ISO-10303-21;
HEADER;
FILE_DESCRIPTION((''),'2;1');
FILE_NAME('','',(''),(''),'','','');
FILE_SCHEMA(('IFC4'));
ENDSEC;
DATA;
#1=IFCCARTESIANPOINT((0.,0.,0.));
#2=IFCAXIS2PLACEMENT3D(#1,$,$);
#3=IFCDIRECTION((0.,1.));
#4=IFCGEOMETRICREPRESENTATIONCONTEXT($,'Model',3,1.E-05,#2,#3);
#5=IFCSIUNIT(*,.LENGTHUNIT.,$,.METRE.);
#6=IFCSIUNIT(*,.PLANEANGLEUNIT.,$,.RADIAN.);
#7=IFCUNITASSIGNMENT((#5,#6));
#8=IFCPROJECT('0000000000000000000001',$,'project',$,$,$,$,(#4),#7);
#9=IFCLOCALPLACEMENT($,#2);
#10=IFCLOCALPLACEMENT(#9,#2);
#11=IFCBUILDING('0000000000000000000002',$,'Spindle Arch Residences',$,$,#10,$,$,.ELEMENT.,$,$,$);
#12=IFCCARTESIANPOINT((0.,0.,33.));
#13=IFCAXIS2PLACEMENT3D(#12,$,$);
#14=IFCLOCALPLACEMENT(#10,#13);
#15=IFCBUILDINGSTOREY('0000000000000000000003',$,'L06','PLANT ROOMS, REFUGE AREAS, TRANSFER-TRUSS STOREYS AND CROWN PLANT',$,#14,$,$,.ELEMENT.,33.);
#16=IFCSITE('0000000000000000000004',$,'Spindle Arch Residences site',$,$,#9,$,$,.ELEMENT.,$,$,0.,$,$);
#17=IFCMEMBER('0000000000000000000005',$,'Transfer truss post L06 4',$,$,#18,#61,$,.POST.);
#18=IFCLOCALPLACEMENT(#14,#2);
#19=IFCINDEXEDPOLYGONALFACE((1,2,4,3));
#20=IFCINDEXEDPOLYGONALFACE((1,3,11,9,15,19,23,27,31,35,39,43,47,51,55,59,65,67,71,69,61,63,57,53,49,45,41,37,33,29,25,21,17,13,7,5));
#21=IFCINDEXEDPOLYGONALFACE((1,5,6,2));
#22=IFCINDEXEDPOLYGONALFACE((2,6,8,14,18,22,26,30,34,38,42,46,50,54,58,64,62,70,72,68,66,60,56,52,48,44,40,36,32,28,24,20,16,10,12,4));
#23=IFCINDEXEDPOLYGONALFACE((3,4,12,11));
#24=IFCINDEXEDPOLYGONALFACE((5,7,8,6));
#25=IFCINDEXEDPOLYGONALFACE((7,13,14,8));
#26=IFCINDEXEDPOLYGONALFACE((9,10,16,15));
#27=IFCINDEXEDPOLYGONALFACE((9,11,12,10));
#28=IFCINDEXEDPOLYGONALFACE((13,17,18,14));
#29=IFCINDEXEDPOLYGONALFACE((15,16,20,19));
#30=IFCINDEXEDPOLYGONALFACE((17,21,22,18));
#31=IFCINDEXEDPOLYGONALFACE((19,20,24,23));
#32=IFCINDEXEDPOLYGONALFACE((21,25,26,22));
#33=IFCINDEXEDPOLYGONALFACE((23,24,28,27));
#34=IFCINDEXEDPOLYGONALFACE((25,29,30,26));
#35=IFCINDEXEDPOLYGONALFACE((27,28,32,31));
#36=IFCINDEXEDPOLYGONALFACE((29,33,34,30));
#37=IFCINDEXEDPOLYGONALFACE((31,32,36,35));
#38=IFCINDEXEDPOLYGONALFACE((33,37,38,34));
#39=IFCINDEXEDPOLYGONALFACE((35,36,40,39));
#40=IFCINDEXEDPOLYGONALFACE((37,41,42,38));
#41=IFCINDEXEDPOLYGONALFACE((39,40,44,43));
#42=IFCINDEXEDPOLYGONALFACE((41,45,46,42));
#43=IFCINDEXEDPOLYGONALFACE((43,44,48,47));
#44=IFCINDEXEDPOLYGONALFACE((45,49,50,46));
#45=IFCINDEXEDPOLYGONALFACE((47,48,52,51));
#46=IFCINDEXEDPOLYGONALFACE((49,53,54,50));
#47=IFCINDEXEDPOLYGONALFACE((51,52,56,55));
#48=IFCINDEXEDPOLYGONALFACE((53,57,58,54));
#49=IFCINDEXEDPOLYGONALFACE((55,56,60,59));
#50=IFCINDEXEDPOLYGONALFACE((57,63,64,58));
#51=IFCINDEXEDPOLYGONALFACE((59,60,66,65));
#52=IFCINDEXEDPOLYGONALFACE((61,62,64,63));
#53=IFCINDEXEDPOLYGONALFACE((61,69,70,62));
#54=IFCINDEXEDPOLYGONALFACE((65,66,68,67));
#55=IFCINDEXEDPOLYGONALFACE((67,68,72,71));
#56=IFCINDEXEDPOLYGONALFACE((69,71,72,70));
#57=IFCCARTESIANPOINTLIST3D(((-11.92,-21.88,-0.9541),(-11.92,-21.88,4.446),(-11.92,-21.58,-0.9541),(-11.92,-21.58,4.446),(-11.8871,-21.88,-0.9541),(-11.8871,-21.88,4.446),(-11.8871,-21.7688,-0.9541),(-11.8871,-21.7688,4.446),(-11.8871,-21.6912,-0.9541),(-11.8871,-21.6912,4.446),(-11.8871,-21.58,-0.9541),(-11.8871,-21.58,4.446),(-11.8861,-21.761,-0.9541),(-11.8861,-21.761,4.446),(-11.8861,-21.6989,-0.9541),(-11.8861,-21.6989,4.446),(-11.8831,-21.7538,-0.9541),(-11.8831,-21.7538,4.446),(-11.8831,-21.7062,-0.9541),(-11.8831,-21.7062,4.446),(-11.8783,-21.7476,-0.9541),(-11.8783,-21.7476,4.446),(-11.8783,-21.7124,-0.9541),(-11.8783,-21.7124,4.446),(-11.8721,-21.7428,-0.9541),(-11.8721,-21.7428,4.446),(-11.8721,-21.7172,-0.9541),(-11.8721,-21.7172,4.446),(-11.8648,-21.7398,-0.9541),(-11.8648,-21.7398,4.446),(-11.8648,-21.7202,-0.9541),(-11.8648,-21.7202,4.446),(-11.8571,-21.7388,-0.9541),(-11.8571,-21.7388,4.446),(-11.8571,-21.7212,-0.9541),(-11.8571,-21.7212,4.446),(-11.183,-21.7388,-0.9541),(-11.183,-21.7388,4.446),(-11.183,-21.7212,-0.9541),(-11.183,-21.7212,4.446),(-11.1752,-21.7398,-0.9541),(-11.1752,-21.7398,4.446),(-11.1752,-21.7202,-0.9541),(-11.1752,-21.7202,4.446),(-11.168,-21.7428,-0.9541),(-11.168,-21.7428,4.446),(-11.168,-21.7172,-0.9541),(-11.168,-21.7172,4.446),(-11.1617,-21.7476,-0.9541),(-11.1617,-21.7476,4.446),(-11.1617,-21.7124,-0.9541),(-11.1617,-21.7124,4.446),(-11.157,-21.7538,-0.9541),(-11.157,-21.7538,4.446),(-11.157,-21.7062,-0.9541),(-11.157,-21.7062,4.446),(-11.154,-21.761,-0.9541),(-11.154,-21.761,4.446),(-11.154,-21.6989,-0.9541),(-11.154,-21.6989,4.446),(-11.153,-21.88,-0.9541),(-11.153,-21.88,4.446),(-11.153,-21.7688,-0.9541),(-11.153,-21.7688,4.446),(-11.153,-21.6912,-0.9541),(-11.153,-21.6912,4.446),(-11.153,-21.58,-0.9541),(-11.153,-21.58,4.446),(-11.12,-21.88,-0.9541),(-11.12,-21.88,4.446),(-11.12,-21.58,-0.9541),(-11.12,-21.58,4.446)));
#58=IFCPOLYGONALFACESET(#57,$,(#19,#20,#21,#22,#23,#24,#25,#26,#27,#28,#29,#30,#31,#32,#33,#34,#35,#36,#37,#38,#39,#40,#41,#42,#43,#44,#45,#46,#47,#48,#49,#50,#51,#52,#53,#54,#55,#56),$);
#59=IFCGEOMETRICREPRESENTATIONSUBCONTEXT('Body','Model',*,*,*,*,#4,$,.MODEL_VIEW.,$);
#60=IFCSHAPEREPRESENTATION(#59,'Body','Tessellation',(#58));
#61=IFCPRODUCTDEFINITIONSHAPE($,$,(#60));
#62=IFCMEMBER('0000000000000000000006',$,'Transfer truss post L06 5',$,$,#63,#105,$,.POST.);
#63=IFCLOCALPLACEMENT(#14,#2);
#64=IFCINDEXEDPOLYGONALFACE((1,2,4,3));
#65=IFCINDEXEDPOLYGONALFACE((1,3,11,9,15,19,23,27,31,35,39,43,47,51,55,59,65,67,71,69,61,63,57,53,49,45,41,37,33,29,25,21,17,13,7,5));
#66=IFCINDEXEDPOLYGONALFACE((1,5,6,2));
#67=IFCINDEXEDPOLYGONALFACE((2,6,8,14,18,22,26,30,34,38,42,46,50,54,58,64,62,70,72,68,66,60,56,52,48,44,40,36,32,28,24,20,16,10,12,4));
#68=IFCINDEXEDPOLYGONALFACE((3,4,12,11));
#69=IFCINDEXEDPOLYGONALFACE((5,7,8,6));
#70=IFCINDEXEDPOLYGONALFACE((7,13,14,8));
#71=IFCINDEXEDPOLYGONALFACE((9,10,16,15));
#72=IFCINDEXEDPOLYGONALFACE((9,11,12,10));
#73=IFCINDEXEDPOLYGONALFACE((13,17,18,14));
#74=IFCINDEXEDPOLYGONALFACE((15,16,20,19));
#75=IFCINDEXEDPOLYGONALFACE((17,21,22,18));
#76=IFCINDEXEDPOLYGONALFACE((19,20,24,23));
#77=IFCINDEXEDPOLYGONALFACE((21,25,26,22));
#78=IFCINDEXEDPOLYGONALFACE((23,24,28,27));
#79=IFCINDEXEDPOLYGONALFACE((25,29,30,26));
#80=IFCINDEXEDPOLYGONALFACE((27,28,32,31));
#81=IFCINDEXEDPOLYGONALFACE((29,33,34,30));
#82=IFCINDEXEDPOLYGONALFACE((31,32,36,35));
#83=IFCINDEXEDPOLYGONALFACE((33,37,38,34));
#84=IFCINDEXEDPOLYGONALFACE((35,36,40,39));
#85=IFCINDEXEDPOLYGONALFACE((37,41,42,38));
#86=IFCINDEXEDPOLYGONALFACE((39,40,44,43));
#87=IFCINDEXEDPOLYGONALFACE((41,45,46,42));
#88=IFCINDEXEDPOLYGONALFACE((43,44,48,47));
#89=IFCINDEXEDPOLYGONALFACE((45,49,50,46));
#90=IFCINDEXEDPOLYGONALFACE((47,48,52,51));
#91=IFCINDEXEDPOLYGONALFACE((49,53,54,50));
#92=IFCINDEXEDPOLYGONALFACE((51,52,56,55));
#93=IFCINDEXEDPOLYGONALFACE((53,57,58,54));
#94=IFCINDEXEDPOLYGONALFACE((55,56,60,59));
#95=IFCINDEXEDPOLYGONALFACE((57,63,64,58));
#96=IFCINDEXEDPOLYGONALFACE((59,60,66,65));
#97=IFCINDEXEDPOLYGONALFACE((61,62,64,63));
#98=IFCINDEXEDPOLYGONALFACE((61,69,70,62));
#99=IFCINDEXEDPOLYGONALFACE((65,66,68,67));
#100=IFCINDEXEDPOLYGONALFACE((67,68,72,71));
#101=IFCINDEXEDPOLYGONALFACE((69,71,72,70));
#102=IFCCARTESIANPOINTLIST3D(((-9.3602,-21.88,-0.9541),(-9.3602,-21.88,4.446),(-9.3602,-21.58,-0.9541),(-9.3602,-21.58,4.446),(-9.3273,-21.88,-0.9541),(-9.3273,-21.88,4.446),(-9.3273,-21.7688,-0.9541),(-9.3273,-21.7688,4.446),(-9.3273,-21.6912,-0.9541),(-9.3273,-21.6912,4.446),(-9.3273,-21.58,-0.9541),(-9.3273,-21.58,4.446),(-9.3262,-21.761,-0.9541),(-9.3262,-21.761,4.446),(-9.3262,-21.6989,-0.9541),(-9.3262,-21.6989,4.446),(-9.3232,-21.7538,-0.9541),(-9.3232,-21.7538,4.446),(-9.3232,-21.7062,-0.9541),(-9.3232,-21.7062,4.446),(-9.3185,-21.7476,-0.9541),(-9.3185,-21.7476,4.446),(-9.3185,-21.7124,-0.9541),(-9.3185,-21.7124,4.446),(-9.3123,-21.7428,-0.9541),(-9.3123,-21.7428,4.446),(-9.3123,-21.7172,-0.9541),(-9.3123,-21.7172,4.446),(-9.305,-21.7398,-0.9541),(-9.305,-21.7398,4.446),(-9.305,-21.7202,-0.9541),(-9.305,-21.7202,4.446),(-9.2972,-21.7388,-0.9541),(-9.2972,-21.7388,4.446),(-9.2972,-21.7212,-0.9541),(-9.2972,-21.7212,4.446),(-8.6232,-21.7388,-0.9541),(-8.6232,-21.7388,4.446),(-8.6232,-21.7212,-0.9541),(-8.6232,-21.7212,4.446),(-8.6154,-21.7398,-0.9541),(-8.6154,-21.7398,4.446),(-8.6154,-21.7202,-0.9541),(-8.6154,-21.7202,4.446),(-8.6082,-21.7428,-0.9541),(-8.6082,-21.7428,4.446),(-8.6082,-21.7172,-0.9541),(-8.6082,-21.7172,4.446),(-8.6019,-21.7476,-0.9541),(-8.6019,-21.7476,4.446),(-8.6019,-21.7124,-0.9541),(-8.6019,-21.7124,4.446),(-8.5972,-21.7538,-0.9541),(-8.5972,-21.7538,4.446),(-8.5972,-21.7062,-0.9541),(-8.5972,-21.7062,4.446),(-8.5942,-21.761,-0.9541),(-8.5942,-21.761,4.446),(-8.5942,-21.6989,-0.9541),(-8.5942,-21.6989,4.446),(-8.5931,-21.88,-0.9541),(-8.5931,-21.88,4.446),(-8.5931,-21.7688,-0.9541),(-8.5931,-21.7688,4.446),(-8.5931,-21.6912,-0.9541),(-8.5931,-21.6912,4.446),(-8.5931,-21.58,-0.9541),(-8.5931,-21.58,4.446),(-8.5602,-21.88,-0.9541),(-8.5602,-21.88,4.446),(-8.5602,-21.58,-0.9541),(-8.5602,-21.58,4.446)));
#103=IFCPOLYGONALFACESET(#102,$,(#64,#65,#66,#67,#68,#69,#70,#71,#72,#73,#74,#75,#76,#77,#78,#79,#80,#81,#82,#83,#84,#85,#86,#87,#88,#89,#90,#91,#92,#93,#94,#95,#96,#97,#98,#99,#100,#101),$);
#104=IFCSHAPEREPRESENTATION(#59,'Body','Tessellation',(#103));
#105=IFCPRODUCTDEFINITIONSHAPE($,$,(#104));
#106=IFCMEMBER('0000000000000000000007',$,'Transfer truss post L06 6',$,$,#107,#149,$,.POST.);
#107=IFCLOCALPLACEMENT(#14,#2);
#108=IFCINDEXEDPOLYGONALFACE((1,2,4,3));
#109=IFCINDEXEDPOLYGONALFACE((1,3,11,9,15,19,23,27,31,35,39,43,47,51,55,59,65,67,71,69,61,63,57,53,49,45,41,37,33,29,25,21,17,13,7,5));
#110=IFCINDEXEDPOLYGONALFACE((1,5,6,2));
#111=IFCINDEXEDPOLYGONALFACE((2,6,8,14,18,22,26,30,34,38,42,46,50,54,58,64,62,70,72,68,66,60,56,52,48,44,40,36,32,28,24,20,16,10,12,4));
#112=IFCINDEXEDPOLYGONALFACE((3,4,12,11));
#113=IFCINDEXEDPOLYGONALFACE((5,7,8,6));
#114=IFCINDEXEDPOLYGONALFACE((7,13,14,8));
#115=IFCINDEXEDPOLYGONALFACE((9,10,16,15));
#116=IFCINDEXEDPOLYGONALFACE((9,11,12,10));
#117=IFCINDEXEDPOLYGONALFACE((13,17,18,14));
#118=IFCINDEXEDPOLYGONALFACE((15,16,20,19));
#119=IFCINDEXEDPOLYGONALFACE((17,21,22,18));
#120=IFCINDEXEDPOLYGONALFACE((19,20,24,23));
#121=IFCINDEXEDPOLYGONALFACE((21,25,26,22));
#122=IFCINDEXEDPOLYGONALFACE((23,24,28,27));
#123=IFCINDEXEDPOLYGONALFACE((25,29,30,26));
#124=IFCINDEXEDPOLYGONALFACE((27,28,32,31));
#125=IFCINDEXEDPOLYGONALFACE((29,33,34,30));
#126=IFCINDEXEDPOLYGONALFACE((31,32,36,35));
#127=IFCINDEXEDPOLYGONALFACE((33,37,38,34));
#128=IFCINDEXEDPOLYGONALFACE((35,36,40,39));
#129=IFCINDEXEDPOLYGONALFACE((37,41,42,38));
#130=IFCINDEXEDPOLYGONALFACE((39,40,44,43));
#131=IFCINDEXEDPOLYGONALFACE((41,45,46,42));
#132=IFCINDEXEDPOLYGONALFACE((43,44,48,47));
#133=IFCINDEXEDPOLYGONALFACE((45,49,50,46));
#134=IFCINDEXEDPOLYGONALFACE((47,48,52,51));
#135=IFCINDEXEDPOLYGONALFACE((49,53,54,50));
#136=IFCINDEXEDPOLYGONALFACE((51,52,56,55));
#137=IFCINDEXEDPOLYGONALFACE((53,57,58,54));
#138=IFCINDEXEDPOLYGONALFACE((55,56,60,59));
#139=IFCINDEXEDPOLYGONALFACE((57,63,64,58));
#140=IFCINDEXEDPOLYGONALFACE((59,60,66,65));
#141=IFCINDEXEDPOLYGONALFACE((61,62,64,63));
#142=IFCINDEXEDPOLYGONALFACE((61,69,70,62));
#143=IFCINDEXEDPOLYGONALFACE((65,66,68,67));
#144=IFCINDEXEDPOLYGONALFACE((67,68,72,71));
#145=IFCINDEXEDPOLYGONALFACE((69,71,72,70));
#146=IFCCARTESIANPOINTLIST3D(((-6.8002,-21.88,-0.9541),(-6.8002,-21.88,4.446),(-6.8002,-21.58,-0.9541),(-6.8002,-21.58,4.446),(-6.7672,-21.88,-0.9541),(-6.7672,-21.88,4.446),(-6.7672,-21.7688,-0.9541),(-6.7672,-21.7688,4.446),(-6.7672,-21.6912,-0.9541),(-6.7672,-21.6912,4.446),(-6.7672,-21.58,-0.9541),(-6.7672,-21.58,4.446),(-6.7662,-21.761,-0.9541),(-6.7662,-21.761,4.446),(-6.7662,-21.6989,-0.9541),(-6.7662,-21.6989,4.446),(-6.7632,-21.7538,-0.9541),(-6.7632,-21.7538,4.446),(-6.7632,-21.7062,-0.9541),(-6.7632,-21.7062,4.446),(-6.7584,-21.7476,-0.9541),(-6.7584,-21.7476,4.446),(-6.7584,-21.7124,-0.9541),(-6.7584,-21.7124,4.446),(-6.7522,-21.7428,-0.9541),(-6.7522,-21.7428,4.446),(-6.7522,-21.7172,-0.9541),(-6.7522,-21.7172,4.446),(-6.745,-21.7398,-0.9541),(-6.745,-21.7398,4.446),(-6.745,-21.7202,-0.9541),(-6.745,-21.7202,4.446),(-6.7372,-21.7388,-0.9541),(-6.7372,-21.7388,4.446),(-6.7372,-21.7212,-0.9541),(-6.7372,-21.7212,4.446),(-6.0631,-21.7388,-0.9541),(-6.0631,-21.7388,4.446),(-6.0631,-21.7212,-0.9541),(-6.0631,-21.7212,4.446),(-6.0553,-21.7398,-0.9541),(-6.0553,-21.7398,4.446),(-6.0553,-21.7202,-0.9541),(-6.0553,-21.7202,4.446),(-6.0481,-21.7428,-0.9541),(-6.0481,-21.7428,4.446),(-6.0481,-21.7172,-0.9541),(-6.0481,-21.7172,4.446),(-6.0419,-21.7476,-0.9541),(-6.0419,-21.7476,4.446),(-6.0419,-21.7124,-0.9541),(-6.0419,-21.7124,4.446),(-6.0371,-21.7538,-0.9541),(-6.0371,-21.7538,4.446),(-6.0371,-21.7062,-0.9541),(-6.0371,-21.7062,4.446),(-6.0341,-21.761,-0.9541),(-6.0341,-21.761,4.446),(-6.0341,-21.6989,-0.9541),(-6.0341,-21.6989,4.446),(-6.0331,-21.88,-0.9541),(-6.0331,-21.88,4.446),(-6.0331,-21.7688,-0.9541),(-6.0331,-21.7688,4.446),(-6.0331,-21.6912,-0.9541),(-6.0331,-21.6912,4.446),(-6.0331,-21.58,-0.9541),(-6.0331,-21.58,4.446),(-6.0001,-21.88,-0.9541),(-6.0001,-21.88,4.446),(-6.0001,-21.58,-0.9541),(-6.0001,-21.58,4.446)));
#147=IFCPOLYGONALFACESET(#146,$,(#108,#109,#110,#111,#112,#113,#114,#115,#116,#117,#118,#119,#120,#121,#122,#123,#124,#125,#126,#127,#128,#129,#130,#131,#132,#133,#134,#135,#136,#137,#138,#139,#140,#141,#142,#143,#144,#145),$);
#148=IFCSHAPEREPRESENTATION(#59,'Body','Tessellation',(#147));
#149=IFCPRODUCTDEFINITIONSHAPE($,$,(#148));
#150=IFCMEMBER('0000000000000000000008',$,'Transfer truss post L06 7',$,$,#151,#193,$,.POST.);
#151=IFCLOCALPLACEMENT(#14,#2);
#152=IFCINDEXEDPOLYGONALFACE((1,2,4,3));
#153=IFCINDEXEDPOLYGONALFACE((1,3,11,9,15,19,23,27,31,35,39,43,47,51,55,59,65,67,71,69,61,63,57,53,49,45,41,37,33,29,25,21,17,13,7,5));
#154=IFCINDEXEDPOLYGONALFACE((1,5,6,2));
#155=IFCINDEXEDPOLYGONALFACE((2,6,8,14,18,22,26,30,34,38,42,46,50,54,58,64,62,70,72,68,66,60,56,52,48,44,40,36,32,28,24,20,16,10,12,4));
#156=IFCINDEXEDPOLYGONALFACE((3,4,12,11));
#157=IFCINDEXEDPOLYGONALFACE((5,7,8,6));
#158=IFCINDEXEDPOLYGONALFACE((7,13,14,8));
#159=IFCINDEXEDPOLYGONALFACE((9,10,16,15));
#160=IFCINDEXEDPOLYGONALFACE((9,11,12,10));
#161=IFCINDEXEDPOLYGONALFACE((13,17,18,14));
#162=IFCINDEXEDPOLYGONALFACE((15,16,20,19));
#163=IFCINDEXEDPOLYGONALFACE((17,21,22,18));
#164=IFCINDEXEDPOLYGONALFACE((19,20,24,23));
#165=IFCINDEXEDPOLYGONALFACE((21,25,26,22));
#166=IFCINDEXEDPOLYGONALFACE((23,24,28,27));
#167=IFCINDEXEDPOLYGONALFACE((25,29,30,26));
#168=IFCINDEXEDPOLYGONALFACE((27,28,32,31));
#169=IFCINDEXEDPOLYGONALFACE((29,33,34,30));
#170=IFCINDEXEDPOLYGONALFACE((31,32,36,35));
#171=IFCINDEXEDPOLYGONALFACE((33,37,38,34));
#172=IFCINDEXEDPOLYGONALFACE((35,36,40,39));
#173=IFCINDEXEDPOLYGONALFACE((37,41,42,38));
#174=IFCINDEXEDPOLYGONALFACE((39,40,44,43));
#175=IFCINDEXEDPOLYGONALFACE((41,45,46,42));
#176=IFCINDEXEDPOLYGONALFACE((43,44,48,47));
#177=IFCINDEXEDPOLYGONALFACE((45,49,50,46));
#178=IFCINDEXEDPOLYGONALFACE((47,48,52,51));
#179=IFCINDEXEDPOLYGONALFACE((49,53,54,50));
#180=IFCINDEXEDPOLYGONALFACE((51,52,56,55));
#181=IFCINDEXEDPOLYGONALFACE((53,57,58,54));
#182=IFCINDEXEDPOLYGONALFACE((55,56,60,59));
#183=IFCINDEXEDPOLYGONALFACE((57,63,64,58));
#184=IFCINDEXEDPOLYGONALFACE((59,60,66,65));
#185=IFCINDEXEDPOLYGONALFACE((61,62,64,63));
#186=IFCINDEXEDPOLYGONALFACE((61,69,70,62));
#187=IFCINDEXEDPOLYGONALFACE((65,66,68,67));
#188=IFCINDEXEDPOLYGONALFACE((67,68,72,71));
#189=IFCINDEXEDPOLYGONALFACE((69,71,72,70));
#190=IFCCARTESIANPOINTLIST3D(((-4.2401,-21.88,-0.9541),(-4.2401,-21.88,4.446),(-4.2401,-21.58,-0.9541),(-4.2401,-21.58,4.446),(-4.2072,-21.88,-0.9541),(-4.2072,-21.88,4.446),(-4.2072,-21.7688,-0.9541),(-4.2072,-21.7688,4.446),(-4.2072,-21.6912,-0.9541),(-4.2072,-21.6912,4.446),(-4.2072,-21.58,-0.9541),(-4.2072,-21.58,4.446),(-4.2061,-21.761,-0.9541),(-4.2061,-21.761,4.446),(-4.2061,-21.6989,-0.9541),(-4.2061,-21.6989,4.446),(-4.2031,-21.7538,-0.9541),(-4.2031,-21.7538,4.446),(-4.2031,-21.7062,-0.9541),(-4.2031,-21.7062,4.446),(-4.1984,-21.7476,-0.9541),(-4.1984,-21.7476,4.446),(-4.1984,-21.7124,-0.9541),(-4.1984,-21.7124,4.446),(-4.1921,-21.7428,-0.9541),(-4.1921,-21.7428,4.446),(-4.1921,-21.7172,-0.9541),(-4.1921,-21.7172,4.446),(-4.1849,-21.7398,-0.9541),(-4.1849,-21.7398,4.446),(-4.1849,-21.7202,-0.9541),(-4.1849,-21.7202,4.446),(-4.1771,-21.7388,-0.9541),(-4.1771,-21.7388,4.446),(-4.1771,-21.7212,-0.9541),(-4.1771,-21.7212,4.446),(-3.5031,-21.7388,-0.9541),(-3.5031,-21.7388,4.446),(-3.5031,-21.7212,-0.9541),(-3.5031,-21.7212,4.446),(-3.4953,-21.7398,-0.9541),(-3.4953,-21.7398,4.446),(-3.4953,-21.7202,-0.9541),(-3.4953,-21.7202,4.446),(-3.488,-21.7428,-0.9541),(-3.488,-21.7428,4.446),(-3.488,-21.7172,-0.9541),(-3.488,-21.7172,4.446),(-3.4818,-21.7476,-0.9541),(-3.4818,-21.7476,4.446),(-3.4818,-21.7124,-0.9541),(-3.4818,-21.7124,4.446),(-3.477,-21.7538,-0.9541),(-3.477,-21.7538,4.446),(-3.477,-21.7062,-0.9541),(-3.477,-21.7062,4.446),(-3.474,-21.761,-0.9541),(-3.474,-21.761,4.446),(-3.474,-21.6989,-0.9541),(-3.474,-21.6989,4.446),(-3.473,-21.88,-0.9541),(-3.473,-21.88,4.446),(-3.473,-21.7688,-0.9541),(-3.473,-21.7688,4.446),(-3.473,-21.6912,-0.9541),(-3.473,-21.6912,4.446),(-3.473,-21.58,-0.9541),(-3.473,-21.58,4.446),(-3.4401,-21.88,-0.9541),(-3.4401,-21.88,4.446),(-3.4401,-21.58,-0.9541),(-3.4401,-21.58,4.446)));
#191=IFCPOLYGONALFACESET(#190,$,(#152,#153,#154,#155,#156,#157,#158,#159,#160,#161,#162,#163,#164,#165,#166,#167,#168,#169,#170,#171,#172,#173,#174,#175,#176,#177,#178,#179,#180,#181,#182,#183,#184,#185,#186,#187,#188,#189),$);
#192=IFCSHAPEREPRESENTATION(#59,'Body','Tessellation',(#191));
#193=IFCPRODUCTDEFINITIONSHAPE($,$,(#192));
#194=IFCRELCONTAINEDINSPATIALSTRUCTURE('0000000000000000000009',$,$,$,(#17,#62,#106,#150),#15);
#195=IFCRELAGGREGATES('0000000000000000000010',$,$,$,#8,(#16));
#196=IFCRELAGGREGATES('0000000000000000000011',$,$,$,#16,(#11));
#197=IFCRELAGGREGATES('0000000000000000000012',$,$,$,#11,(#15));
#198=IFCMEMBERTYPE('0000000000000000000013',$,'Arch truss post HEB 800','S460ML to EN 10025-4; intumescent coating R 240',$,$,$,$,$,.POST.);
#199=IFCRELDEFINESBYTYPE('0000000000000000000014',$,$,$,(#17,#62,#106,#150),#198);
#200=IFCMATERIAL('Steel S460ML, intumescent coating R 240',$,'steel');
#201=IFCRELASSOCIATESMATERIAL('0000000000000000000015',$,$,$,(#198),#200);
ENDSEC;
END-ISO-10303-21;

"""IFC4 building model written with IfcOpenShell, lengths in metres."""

from ifc_helpers import new_model, si_unit, direction, frame, origin, origin_2d, place, context, subcontext, project, spatial, i_section, extrude, material, material_profile, profile_set, type_object, element, save


model = new_model("IFC4")

# Units and contexts
model_context = context("Model", 3, precision=1e-05, world=origin(), true_north=direction((0.0, 1.0)))
body_context = subcontext(model_context, "Body", "Model", "MODEL_VIEW")
ifc_project = project(units=[si_unit("LENGTHUNIT", "METRE"), si_unit("PLANEANGLEUNIT", "RADIAN")], contexts=[model_context])

# Site, building, storey
site_placement = place(None, origin())
site = spatial("IfcSite", under=ifc_project, at=site_placement, Name="Spindle Arch Residences site", CompositionType="ELEMENT", RefElevation=0.0)
building_placement = place(site_placement, origin())
building = spatial("IfcBuilding", under=site, at=building_placement, Name="Spindle Arch Residences", CompositionType="ELEMENT")
storey_placement = place(building_placement, frame((0.0, 0.0, 33.0)))
storey = spatial("IfcBuildingStorey", under=building, at=storey_placement, Name="L06", Description="PLANT ROOMS, REFUGE AREAS, TRANSFER-TRUSS STOREYS AND CROWN PLANT", CompositionType="ELEMENT", Elevation=33.0)

# Members
ifc_material_1 = material(Name="Steel S460ML, intumescent coating R 240", Category="steel")
ifc_material_profile_1 = material_profile(ifc_material_1, i_section(OverallWidth=0.3, OverallDepth=0.8, WebThickness=0.0176, FlangeThickness=0.033, FilletRadius=0.03, at=origin_2d()), Name="HEB 800")
ifc_profile_set_1 = profile_set([ifc_material_profile_1], Name="Steel S460ML, intumescent coating R 240")
member_type_1 = type_object("IfcMemberType", Name="Arch truss post HEB 800", Description="S460ML to EN 10025-4; intumescent coating R 240", PredefinedType="POST", material=ifc_profile_set_1)
for number, where, z_axis, x_axis, name in (
    (1, (-11.52, -21.73, -0.9541), (0.0, 0.0, 1.0), (0.0, 1.0, 0.0), "Transfer truss post L06 4"),
    (2, (-8.9602, -21.73, -0.9541), (0.0, 0.0, 1.0), (0.0, 1.0, 0.0), "Transfer truss post L06 5"),
    (3, (-6.4001, -21.73, -0.9541), (0.0, 0.0, 1.0), (0.0, 1.0, 0.0), "Transfer truss post L06 6"),
    (4, (-3.8401, -21.73, -0.9541), (0.0, 0.0, 1.0), (0.0, 1.0, 0.0), "Transfer truss post L06 7"),
):
    element("IfcMember", number, at=place(storey_placement, frame(where, z_axis=z_axis, x_axis=x_axis)), inside=storey, type_object=member_type_1, Name=name, PredefinedType="POST", context=body_context, shape_type="SweptSolid", body=[
        extrude(i_section(OverallWidth=0.3, OverallDepth=0.8, WebThickness=0.0176, FlangeThickness=0.033, FilletRadius=0.03, at=origin_2d()), origin(), (0.0, 0.0, 1.0), 5.4001),
    ])

save(model, "model.ifc")
